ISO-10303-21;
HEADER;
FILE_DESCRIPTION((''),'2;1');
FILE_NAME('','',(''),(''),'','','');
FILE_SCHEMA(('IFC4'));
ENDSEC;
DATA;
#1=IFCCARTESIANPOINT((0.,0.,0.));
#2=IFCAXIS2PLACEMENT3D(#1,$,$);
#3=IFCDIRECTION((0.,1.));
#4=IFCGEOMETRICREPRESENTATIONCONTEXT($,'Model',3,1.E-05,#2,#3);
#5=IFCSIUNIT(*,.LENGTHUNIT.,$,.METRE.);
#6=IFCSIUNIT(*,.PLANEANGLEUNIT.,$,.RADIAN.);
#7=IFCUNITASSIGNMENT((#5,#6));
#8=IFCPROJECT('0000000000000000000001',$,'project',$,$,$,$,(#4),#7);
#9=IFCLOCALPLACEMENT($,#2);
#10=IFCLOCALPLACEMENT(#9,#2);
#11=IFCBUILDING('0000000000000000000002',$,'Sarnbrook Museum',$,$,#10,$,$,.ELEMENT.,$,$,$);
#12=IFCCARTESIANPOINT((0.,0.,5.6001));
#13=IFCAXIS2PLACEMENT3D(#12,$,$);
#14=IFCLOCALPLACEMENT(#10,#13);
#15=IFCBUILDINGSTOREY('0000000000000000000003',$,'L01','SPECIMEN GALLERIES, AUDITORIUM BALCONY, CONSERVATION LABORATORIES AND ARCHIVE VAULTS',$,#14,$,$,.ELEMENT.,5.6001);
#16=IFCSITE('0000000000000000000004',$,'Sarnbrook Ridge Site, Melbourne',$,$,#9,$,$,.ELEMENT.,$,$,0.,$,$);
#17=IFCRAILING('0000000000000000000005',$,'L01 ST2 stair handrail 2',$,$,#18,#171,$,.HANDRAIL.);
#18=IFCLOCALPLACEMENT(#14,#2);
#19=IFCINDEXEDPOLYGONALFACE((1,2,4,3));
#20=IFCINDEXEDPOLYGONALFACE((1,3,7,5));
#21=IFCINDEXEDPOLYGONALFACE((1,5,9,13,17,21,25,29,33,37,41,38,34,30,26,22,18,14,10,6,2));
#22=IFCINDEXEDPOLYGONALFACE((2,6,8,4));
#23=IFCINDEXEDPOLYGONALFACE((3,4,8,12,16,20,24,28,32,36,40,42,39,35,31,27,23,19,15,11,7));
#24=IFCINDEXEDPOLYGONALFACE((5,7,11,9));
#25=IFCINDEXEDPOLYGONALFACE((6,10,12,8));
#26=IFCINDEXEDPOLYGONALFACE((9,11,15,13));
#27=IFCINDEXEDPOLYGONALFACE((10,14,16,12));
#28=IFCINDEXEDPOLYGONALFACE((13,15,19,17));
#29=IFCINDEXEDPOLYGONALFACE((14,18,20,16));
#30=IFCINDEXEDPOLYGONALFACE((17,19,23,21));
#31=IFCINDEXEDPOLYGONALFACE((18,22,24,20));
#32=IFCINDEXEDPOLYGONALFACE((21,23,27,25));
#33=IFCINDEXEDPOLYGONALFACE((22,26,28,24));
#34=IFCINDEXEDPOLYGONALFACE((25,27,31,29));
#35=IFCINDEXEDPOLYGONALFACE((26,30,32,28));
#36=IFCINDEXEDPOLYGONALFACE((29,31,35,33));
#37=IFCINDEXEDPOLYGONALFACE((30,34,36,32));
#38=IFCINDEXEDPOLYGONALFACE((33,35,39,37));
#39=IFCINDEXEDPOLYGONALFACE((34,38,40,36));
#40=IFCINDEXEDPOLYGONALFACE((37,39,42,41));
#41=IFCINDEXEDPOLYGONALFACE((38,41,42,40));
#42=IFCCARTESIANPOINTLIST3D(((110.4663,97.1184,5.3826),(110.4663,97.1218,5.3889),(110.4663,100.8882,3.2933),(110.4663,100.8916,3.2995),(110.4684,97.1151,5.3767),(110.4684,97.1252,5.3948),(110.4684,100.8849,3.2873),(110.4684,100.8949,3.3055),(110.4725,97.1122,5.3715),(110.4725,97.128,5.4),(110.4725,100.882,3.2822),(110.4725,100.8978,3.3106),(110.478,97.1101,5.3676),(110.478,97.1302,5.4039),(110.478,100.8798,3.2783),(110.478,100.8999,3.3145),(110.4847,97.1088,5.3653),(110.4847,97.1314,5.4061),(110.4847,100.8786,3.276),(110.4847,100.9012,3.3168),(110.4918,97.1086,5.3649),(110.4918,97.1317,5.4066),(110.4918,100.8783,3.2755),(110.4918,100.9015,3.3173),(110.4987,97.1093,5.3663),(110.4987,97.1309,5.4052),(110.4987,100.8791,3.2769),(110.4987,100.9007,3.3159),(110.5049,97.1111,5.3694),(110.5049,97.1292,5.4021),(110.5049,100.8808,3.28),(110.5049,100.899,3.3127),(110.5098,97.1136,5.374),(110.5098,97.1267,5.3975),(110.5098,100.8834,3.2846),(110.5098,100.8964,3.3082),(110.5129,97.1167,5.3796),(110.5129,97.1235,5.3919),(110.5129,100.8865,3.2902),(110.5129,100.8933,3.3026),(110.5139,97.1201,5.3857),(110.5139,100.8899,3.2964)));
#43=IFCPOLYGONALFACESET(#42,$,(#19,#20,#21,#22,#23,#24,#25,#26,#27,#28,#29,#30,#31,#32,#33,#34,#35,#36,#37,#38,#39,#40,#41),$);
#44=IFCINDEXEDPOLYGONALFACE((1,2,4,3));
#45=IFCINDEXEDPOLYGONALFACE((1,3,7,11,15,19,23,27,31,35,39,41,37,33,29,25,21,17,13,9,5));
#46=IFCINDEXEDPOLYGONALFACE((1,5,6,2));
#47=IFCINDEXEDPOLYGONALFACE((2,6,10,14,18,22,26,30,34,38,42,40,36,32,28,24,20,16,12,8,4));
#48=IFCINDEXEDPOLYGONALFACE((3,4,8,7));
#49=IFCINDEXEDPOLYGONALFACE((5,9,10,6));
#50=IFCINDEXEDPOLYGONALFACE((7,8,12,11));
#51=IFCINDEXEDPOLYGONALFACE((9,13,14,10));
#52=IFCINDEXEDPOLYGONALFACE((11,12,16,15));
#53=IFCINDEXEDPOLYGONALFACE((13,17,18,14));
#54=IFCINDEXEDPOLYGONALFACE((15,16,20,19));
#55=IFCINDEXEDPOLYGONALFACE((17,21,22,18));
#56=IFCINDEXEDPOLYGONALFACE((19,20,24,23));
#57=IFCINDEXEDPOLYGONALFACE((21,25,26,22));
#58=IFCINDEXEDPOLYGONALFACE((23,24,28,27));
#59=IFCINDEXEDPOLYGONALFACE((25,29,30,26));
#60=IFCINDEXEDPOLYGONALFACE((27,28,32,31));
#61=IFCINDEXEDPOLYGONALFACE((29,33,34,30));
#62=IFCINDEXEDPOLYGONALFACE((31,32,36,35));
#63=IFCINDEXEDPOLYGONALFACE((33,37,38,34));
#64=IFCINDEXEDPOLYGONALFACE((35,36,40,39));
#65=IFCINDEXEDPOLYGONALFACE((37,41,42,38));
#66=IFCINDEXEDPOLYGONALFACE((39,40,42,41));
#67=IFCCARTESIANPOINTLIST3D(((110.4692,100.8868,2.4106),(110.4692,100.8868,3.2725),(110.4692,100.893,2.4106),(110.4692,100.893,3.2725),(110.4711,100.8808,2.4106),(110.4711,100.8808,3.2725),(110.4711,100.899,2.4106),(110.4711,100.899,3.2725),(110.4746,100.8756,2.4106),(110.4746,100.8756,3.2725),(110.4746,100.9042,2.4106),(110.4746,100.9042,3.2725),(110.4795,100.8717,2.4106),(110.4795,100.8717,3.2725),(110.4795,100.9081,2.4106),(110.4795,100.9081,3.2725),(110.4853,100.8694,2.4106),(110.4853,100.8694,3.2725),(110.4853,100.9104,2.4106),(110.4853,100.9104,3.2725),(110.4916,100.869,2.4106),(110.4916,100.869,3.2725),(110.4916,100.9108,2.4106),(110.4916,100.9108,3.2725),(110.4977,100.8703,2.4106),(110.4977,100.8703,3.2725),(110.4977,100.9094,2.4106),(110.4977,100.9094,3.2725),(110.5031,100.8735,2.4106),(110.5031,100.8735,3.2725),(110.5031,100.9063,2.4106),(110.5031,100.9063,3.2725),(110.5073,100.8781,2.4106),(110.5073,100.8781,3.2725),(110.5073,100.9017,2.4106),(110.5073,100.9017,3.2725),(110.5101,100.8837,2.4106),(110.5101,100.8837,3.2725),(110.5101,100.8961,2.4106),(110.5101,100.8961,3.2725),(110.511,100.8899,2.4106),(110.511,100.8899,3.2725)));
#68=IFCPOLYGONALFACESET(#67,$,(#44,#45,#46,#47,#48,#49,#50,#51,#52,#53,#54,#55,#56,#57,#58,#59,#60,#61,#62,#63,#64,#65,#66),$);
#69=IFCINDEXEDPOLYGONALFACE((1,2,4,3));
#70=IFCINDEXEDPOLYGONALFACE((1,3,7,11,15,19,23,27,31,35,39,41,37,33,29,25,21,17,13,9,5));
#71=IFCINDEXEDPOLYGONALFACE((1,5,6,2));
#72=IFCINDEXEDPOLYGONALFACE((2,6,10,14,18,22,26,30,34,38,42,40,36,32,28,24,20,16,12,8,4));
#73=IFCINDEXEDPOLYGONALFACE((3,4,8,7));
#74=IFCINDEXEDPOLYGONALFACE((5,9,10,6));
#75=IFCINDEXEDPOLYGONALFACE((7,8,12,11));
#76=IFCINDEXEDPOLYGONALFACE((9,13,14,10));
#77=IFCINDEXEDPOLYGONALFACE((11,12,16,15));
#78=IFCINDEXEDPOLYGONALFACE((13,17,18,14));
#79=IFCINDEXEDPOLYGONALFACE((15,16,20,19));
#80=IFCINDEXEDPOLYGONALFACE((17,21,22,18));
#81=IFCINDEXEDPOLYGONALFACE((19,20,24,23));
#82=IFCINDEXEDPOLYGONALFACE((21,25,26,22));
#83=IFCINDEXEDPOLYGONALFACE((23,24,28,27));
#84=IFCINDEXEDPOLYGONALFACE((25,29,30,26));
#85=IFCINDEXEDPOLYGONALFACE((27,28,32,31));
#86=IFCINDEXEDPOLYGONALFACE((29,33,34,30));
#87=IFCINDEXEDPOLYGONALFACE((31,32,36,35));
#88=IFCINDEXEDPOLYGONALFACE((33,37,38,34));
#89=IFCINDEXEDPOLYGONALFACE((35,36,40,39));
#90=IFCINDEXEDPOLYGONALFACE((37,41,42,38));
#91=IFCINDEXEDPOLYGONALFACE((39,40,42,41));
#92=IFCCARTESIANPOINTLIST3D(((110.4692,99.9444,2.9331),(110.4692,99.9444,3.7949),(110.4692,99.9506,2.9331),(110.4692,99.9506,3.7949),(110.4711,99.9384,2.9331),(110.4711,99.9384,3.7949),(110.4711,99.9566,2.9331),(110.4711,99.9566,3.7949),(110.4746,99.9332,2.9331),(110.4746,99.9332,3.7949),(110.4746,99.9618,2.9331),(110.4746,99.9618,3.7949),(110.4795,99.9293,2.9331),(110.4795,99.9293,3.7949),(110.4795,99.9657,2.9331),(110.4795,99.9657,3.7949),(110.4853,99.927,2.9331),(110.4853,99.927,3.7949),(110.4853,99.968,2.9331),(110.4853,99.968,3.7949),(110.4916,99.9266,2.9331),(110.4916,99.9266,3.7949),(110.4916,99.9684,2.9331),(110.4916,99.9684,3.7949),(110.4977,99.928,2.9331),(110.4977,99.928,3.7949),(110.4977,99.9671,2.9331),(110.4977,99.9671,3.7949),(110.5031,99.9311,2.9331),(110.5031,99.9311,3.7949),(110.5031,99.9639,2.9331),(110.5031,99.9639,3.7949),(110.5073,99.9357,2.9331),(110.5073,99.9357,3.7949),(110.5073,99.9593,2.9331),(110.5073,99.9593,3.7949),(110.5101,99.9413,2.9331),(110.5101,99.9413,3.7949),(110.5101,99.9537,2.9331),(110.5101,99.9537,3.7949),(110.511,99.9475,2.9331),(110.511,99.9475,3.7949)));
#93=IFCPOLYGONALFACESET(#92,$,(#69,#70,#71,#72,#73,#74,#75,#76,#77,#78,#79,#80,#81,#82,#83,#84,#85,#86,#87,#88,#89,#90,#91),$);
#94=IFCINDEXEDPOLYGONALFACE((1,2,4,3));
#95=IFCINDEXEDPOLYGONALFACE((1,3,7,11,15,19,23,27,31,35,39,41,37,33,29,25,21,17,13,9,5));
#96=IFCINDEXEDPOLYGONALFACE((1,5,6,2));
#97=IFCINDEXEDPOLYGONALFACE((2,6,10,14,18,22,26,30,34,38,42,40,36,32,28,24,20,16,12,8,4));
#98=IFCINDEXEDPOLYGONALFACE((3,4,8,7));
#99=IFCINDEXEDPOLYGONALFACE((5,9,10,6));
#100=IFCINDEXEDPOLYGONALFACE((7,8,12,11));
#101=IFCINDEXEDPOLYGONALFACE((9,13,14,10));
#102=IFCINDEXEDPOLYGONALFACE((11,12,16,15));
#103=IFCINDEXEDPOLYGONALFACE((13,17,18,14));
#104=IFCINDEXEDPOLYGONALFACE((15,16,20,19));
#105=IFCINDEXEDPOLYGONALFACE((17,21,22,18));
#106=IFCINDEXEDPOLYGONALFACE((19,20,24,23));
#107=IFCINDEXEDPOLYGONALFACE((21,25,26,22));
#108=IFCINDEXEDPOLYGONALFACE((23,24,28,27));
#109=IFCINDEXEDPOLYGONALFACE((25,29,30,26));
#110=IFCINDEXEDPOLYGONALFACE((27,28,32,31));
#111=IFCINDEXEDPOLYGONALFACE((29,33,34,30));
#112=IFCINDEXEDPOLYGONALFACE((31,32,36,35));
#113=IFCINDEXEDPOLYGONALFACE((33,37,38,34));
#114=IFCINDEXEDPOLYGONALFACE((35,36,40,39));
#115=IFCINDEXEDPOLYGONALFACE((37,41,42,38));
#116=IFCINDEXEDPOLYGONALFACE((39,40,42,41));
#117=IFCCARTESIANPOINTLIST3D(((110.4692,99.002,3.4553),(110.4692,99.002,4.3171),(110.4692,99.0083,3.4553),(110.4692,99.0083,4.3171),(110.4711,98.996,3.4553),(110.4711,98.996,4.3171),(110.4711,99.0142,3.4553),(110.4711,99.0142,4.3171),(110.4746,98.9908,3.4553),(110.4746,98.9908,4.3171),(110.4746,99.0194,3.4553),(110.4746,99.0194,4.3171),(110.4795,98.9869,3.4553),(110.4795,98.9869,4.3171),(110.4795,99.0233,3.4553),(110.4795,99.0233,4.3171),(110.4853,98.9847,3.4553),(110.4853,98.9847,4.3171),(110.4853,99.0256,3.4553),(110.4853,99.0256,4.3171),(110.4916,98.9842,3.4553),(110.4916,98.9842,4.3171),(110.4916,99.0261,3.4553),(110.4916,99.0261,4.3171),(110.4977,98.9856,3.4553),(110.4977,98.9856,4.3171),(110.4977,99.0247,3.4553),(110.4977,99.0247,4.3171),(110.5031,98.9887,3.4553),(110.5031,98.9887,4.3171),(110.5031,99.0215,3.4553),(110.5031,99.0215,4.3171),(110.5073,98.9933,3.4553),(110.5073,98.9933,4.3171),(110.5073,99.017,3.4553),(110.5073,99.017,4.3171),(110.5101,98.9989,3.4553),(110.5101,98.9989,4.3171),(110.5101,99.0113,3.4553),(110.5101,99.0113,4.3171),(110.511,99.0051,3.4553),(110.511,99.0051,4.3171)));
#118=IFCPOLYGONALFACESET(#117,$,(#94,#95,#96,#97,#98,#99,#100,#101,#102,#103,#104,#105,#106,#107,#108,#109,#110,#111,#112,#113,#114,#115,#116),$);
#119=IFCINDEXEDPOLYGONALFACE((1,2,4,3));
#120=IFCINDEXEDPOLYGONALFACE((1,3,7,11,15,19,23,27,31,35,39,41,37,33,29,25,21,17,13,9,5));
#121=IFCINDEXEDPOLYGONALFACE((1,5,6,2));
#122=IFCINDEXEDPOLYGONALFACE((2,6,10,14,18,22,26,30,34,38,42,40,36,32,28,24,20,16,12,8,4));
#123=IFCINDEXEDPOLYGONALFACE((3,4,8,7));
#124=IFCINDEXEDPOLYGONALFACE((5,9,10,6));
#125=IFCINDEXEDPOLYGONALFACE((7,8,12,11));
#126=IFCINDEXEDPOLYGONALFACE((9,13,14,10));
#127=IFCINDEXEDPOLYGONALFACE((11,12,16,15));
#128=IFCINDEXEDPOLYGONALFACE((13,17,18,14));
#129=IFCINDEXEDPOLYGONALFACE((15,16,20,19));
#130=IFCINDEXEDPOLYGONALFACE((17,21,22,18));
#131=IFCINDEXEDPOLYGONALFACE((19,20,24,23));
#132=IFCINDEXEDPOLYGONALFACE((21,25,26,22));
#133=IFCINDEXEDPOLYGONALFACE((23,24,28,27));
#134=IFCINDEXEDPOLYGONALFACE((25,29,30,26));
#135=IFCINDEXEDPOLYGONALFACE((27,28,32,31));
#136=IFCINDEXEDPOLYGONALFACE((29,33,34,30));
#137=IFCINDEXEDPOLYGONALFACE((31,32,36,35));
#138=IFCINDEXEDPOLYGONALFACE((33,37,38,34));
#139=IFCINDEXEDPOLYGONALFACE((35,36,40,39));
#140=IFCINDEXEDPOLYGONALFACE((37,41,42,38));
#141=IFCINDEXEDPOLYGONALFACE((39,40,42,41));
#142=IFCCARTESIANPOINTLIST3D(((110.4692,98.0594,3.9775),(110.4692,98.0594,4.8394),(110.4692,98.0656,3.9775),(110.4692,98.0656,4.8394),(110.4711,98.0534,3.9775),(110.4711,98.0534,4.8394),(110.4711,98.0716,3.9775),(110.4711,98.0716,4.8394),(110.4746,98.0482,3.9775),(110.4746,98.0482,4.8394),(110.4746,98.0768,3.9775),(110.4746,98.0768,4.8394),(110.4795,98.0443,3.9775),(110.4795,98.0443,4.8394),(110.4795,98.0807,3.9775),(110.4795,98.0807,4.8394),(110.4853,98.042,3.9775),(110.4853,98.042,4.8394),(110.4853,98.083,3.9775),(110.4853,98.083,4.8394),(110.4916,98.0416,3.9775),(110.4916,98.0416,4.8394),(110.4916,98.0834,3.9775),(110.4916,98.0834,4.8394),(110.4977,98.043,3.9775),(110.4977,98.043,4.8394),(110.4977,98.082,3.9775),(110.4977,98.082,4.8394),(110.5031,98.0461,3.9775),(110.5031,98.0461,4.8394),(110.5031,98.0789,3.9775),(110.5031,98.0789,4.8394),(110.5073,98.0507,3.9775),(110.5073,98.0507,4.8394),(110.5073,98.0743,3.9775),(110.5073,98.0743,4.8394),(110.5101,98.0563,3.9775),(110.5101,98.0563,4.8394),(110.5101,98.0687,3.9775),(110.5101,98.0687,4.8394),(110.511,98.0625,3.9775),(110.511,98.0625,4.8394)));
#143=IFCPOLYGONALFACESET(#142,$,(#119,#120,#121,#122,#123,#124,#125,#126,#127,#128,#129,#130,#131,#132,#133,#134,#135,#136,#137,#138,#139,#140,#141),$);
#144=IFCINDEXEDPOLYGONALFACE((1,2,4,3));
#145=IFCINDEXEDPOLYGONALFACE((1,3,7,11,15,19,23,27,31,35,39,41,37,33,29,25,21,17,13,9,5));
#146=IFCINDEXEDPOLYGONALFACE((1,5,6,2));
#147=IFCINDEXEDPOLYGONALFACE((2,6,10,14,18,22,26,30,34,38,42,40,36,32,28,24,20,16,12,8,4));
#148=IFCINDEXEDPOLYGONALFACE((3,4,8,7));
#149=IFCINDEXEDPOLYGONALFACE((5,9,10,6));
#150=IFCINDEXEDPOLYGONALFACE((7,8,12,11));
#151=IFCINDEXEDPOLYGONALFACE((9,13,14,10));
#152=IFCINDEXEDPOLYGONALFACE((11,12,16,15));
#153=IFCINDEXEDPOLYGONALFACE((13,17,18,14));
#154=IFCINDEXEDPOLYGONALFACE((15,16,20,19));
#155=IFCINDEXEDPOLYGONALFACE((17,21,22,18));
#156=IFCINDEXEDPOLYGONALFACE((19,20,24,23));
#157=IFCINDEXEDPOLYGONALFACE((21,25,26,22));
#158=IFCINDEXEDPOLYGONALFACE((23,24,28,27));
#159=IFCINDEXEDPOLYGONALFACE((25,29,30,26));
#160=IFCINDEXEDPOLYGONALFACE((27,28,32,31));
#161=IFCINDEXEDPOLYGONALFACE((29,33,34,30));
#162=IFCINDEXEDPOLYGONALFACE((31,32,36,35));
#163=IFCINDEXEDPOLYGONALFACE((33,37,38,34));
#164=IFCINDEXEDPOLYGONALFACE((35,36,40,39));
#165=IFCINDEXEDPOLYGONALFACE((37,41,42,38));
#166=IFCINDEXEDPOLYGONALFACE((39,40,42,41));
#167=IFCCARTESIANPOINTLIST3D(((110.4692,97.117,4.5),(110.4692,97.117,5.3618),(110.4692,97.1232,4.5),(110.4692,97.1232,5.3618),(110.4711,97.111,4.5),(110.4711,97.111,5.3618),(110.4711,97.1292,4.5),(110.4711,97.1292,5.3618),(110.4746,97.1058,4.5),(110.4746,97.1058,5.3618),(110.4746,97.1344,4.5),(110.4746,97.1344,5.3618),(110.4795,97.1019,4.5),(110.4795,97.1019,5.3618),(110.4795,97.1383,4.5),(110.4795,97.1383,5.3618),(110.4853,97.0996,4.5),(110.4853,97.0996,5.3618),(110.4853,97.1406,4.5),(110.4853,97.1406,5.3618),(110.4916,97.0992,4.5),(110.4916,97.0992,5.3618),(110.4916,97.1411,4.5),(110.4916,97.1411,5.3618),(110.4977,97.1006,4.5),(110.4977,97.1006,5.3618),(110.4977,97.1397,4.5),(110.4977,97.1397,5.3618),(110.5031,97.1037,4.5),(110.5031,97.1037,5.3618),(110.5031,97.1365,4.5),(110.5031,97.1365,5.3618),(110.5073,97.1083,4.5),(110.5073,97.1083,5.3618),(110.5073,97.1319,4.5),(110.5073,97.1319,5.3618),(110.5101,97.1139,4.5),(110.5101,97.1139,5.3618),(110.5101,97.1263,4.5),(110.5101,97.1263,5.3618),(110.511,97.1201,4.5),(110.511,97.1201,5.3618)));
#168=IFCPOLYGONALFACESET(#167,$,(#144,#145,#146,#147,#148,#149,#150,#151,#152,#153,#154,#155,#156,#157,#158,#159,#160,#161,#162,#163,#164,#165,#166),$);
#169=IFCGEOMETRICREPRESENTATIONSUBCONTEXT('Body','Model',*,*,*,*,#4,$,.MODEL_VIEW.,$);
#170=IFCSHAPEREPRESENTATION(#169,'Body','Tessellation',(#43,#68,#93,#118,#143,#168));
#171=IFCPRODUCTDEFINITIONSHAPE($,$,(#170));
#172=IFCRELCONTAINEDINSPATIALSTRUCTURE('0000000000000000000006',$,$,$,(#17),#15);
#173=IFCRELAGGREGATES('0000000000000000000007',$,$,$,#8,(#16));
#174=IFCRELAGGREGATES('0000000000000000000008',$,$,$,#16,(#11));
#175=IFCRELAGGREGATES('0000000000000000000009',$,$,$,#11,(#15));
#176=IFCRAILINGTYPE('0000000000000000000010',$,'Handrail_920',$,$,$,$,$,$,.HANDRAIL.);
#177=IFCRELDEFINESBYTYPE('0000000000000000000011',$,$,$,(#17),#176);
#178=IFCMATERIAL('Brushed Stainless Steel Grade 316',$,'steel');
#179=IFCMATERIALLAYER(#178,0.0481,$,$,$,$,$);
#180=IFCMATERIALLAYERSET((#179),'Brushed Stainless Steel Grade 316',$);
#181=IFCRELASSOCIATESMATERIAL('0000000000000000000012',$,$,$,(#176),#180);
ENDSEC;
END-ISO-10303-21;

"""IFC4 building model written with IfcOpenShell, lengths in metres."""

from ifc_helpers import new_model, si_unit, direction, frame, origin, origin_2d, place, context, subcontext, project, spatial, circle, extrude, material, layer, layer_set, type_object, element, save


model = new_model("IFC4")

# Units and contexts
model_context = context("Model", 3, precision=1e-05, world=origin(), true_north=direction((0.0, 1.0)))
body_context = subcontext(model_context, "Body", "Model", "MODEL_VIEW")
ifc_project = project(units=[si_unit("LENGTHUNIT", "METRE"), si_unit("PLANEANGLEUNIT", "RADIAN")], contexts=[model_context])

# Site, building, storey
site_placement = place(None, origin())
site = spatial("IfcSite", under=ifc_project, at=site_placement, Name="Sarnbrook Ridge Site, Melbourne", CompositionType="ELEMENT", RefElevation=0.0)
building_placement = place(site_placement, origin())
building = spatial("IfcBuilding", under=site, at=building_placement, Name="Sarnbrook Museum", CompositionType="ELEMENT")
storey_placement = place(building_placement, frame((0.0, 0.0, 5.6001)))
storey = spatial("IfcBuildingStorey", under=building, at=storey_placement, Name="L01", Description="SPECIMEN GALLERIES, AUDITORIUM BALCONY, CONSERVATION LABORATORIES AND ARCHIVE VAULTS", CompositionType="ELEMENT", Elevation=5.6001)

# Shared definitions
ifc_material_1 = material(Name="Brushed Stainless Steel Grade 316", Category="steel")

# Railing
ifc_layer_1 = layer(ifc_material_1, 0.0481)
ifc_layer_set_1 = layer_set([ifc_layer_1], Name="Brushed Stainless Steel Grade 316")
railing_type_1 = type_object("IfcRailingType", Name="Handrail_920", PredefinedType="HANDRAIL", material=ifc_layer_set_1)
railing_1_placement = place(storey_placement, frame((110.49, 100.8899, 2.4106)))
element("IfcRailing", 1, at=railing_1_placement, inside=storey, type_object=railing_type_1, Name="L01 ST2 stair handrail 2", PredefinedType="HANDRAIL", context=body_context, shape_type="SweptSolid", body=[
    extrude(circle(Radius=0.0239, at=origin_2d()), frame((0.0, 0.0, 0.8857), z_axis=(0.0, -0.874646, 0.484763), x_axis=(1.0, 0.0, 0.0)), (0.0, 0.0, 1.0), 4.3101),
    extrude(circle(Radius=0.021, at=origin_2d()), origin(), (0.0, 0.0, 1.0), 0.8618),
    extrude(circle(Radius=0.021, at=origin_2d()), frame((0.0, -0.9424, 0.5225)), (0.0, 0.0, 1.0), 0.8618),
    extrude(circle(Radius=0.021, at=origin_2d()), frame((0.0, -1.8848, 1.0447)), (0.0, 0.0, 1.0), 0.8618),
    extrude(circle(Radius=0.021, at=origin_2d()), frame((0.0, -2.8274, 1.5669)), (0.0, 0.0, 1.0), 0.8618),
    extrude(circle(Radius=0.021, at=origin_2d()), frame((0.0, -3.7698, 2.0894)), (0.0, 0.0, 1.0), 0.8618),
])

save(model, "model.ifc")
